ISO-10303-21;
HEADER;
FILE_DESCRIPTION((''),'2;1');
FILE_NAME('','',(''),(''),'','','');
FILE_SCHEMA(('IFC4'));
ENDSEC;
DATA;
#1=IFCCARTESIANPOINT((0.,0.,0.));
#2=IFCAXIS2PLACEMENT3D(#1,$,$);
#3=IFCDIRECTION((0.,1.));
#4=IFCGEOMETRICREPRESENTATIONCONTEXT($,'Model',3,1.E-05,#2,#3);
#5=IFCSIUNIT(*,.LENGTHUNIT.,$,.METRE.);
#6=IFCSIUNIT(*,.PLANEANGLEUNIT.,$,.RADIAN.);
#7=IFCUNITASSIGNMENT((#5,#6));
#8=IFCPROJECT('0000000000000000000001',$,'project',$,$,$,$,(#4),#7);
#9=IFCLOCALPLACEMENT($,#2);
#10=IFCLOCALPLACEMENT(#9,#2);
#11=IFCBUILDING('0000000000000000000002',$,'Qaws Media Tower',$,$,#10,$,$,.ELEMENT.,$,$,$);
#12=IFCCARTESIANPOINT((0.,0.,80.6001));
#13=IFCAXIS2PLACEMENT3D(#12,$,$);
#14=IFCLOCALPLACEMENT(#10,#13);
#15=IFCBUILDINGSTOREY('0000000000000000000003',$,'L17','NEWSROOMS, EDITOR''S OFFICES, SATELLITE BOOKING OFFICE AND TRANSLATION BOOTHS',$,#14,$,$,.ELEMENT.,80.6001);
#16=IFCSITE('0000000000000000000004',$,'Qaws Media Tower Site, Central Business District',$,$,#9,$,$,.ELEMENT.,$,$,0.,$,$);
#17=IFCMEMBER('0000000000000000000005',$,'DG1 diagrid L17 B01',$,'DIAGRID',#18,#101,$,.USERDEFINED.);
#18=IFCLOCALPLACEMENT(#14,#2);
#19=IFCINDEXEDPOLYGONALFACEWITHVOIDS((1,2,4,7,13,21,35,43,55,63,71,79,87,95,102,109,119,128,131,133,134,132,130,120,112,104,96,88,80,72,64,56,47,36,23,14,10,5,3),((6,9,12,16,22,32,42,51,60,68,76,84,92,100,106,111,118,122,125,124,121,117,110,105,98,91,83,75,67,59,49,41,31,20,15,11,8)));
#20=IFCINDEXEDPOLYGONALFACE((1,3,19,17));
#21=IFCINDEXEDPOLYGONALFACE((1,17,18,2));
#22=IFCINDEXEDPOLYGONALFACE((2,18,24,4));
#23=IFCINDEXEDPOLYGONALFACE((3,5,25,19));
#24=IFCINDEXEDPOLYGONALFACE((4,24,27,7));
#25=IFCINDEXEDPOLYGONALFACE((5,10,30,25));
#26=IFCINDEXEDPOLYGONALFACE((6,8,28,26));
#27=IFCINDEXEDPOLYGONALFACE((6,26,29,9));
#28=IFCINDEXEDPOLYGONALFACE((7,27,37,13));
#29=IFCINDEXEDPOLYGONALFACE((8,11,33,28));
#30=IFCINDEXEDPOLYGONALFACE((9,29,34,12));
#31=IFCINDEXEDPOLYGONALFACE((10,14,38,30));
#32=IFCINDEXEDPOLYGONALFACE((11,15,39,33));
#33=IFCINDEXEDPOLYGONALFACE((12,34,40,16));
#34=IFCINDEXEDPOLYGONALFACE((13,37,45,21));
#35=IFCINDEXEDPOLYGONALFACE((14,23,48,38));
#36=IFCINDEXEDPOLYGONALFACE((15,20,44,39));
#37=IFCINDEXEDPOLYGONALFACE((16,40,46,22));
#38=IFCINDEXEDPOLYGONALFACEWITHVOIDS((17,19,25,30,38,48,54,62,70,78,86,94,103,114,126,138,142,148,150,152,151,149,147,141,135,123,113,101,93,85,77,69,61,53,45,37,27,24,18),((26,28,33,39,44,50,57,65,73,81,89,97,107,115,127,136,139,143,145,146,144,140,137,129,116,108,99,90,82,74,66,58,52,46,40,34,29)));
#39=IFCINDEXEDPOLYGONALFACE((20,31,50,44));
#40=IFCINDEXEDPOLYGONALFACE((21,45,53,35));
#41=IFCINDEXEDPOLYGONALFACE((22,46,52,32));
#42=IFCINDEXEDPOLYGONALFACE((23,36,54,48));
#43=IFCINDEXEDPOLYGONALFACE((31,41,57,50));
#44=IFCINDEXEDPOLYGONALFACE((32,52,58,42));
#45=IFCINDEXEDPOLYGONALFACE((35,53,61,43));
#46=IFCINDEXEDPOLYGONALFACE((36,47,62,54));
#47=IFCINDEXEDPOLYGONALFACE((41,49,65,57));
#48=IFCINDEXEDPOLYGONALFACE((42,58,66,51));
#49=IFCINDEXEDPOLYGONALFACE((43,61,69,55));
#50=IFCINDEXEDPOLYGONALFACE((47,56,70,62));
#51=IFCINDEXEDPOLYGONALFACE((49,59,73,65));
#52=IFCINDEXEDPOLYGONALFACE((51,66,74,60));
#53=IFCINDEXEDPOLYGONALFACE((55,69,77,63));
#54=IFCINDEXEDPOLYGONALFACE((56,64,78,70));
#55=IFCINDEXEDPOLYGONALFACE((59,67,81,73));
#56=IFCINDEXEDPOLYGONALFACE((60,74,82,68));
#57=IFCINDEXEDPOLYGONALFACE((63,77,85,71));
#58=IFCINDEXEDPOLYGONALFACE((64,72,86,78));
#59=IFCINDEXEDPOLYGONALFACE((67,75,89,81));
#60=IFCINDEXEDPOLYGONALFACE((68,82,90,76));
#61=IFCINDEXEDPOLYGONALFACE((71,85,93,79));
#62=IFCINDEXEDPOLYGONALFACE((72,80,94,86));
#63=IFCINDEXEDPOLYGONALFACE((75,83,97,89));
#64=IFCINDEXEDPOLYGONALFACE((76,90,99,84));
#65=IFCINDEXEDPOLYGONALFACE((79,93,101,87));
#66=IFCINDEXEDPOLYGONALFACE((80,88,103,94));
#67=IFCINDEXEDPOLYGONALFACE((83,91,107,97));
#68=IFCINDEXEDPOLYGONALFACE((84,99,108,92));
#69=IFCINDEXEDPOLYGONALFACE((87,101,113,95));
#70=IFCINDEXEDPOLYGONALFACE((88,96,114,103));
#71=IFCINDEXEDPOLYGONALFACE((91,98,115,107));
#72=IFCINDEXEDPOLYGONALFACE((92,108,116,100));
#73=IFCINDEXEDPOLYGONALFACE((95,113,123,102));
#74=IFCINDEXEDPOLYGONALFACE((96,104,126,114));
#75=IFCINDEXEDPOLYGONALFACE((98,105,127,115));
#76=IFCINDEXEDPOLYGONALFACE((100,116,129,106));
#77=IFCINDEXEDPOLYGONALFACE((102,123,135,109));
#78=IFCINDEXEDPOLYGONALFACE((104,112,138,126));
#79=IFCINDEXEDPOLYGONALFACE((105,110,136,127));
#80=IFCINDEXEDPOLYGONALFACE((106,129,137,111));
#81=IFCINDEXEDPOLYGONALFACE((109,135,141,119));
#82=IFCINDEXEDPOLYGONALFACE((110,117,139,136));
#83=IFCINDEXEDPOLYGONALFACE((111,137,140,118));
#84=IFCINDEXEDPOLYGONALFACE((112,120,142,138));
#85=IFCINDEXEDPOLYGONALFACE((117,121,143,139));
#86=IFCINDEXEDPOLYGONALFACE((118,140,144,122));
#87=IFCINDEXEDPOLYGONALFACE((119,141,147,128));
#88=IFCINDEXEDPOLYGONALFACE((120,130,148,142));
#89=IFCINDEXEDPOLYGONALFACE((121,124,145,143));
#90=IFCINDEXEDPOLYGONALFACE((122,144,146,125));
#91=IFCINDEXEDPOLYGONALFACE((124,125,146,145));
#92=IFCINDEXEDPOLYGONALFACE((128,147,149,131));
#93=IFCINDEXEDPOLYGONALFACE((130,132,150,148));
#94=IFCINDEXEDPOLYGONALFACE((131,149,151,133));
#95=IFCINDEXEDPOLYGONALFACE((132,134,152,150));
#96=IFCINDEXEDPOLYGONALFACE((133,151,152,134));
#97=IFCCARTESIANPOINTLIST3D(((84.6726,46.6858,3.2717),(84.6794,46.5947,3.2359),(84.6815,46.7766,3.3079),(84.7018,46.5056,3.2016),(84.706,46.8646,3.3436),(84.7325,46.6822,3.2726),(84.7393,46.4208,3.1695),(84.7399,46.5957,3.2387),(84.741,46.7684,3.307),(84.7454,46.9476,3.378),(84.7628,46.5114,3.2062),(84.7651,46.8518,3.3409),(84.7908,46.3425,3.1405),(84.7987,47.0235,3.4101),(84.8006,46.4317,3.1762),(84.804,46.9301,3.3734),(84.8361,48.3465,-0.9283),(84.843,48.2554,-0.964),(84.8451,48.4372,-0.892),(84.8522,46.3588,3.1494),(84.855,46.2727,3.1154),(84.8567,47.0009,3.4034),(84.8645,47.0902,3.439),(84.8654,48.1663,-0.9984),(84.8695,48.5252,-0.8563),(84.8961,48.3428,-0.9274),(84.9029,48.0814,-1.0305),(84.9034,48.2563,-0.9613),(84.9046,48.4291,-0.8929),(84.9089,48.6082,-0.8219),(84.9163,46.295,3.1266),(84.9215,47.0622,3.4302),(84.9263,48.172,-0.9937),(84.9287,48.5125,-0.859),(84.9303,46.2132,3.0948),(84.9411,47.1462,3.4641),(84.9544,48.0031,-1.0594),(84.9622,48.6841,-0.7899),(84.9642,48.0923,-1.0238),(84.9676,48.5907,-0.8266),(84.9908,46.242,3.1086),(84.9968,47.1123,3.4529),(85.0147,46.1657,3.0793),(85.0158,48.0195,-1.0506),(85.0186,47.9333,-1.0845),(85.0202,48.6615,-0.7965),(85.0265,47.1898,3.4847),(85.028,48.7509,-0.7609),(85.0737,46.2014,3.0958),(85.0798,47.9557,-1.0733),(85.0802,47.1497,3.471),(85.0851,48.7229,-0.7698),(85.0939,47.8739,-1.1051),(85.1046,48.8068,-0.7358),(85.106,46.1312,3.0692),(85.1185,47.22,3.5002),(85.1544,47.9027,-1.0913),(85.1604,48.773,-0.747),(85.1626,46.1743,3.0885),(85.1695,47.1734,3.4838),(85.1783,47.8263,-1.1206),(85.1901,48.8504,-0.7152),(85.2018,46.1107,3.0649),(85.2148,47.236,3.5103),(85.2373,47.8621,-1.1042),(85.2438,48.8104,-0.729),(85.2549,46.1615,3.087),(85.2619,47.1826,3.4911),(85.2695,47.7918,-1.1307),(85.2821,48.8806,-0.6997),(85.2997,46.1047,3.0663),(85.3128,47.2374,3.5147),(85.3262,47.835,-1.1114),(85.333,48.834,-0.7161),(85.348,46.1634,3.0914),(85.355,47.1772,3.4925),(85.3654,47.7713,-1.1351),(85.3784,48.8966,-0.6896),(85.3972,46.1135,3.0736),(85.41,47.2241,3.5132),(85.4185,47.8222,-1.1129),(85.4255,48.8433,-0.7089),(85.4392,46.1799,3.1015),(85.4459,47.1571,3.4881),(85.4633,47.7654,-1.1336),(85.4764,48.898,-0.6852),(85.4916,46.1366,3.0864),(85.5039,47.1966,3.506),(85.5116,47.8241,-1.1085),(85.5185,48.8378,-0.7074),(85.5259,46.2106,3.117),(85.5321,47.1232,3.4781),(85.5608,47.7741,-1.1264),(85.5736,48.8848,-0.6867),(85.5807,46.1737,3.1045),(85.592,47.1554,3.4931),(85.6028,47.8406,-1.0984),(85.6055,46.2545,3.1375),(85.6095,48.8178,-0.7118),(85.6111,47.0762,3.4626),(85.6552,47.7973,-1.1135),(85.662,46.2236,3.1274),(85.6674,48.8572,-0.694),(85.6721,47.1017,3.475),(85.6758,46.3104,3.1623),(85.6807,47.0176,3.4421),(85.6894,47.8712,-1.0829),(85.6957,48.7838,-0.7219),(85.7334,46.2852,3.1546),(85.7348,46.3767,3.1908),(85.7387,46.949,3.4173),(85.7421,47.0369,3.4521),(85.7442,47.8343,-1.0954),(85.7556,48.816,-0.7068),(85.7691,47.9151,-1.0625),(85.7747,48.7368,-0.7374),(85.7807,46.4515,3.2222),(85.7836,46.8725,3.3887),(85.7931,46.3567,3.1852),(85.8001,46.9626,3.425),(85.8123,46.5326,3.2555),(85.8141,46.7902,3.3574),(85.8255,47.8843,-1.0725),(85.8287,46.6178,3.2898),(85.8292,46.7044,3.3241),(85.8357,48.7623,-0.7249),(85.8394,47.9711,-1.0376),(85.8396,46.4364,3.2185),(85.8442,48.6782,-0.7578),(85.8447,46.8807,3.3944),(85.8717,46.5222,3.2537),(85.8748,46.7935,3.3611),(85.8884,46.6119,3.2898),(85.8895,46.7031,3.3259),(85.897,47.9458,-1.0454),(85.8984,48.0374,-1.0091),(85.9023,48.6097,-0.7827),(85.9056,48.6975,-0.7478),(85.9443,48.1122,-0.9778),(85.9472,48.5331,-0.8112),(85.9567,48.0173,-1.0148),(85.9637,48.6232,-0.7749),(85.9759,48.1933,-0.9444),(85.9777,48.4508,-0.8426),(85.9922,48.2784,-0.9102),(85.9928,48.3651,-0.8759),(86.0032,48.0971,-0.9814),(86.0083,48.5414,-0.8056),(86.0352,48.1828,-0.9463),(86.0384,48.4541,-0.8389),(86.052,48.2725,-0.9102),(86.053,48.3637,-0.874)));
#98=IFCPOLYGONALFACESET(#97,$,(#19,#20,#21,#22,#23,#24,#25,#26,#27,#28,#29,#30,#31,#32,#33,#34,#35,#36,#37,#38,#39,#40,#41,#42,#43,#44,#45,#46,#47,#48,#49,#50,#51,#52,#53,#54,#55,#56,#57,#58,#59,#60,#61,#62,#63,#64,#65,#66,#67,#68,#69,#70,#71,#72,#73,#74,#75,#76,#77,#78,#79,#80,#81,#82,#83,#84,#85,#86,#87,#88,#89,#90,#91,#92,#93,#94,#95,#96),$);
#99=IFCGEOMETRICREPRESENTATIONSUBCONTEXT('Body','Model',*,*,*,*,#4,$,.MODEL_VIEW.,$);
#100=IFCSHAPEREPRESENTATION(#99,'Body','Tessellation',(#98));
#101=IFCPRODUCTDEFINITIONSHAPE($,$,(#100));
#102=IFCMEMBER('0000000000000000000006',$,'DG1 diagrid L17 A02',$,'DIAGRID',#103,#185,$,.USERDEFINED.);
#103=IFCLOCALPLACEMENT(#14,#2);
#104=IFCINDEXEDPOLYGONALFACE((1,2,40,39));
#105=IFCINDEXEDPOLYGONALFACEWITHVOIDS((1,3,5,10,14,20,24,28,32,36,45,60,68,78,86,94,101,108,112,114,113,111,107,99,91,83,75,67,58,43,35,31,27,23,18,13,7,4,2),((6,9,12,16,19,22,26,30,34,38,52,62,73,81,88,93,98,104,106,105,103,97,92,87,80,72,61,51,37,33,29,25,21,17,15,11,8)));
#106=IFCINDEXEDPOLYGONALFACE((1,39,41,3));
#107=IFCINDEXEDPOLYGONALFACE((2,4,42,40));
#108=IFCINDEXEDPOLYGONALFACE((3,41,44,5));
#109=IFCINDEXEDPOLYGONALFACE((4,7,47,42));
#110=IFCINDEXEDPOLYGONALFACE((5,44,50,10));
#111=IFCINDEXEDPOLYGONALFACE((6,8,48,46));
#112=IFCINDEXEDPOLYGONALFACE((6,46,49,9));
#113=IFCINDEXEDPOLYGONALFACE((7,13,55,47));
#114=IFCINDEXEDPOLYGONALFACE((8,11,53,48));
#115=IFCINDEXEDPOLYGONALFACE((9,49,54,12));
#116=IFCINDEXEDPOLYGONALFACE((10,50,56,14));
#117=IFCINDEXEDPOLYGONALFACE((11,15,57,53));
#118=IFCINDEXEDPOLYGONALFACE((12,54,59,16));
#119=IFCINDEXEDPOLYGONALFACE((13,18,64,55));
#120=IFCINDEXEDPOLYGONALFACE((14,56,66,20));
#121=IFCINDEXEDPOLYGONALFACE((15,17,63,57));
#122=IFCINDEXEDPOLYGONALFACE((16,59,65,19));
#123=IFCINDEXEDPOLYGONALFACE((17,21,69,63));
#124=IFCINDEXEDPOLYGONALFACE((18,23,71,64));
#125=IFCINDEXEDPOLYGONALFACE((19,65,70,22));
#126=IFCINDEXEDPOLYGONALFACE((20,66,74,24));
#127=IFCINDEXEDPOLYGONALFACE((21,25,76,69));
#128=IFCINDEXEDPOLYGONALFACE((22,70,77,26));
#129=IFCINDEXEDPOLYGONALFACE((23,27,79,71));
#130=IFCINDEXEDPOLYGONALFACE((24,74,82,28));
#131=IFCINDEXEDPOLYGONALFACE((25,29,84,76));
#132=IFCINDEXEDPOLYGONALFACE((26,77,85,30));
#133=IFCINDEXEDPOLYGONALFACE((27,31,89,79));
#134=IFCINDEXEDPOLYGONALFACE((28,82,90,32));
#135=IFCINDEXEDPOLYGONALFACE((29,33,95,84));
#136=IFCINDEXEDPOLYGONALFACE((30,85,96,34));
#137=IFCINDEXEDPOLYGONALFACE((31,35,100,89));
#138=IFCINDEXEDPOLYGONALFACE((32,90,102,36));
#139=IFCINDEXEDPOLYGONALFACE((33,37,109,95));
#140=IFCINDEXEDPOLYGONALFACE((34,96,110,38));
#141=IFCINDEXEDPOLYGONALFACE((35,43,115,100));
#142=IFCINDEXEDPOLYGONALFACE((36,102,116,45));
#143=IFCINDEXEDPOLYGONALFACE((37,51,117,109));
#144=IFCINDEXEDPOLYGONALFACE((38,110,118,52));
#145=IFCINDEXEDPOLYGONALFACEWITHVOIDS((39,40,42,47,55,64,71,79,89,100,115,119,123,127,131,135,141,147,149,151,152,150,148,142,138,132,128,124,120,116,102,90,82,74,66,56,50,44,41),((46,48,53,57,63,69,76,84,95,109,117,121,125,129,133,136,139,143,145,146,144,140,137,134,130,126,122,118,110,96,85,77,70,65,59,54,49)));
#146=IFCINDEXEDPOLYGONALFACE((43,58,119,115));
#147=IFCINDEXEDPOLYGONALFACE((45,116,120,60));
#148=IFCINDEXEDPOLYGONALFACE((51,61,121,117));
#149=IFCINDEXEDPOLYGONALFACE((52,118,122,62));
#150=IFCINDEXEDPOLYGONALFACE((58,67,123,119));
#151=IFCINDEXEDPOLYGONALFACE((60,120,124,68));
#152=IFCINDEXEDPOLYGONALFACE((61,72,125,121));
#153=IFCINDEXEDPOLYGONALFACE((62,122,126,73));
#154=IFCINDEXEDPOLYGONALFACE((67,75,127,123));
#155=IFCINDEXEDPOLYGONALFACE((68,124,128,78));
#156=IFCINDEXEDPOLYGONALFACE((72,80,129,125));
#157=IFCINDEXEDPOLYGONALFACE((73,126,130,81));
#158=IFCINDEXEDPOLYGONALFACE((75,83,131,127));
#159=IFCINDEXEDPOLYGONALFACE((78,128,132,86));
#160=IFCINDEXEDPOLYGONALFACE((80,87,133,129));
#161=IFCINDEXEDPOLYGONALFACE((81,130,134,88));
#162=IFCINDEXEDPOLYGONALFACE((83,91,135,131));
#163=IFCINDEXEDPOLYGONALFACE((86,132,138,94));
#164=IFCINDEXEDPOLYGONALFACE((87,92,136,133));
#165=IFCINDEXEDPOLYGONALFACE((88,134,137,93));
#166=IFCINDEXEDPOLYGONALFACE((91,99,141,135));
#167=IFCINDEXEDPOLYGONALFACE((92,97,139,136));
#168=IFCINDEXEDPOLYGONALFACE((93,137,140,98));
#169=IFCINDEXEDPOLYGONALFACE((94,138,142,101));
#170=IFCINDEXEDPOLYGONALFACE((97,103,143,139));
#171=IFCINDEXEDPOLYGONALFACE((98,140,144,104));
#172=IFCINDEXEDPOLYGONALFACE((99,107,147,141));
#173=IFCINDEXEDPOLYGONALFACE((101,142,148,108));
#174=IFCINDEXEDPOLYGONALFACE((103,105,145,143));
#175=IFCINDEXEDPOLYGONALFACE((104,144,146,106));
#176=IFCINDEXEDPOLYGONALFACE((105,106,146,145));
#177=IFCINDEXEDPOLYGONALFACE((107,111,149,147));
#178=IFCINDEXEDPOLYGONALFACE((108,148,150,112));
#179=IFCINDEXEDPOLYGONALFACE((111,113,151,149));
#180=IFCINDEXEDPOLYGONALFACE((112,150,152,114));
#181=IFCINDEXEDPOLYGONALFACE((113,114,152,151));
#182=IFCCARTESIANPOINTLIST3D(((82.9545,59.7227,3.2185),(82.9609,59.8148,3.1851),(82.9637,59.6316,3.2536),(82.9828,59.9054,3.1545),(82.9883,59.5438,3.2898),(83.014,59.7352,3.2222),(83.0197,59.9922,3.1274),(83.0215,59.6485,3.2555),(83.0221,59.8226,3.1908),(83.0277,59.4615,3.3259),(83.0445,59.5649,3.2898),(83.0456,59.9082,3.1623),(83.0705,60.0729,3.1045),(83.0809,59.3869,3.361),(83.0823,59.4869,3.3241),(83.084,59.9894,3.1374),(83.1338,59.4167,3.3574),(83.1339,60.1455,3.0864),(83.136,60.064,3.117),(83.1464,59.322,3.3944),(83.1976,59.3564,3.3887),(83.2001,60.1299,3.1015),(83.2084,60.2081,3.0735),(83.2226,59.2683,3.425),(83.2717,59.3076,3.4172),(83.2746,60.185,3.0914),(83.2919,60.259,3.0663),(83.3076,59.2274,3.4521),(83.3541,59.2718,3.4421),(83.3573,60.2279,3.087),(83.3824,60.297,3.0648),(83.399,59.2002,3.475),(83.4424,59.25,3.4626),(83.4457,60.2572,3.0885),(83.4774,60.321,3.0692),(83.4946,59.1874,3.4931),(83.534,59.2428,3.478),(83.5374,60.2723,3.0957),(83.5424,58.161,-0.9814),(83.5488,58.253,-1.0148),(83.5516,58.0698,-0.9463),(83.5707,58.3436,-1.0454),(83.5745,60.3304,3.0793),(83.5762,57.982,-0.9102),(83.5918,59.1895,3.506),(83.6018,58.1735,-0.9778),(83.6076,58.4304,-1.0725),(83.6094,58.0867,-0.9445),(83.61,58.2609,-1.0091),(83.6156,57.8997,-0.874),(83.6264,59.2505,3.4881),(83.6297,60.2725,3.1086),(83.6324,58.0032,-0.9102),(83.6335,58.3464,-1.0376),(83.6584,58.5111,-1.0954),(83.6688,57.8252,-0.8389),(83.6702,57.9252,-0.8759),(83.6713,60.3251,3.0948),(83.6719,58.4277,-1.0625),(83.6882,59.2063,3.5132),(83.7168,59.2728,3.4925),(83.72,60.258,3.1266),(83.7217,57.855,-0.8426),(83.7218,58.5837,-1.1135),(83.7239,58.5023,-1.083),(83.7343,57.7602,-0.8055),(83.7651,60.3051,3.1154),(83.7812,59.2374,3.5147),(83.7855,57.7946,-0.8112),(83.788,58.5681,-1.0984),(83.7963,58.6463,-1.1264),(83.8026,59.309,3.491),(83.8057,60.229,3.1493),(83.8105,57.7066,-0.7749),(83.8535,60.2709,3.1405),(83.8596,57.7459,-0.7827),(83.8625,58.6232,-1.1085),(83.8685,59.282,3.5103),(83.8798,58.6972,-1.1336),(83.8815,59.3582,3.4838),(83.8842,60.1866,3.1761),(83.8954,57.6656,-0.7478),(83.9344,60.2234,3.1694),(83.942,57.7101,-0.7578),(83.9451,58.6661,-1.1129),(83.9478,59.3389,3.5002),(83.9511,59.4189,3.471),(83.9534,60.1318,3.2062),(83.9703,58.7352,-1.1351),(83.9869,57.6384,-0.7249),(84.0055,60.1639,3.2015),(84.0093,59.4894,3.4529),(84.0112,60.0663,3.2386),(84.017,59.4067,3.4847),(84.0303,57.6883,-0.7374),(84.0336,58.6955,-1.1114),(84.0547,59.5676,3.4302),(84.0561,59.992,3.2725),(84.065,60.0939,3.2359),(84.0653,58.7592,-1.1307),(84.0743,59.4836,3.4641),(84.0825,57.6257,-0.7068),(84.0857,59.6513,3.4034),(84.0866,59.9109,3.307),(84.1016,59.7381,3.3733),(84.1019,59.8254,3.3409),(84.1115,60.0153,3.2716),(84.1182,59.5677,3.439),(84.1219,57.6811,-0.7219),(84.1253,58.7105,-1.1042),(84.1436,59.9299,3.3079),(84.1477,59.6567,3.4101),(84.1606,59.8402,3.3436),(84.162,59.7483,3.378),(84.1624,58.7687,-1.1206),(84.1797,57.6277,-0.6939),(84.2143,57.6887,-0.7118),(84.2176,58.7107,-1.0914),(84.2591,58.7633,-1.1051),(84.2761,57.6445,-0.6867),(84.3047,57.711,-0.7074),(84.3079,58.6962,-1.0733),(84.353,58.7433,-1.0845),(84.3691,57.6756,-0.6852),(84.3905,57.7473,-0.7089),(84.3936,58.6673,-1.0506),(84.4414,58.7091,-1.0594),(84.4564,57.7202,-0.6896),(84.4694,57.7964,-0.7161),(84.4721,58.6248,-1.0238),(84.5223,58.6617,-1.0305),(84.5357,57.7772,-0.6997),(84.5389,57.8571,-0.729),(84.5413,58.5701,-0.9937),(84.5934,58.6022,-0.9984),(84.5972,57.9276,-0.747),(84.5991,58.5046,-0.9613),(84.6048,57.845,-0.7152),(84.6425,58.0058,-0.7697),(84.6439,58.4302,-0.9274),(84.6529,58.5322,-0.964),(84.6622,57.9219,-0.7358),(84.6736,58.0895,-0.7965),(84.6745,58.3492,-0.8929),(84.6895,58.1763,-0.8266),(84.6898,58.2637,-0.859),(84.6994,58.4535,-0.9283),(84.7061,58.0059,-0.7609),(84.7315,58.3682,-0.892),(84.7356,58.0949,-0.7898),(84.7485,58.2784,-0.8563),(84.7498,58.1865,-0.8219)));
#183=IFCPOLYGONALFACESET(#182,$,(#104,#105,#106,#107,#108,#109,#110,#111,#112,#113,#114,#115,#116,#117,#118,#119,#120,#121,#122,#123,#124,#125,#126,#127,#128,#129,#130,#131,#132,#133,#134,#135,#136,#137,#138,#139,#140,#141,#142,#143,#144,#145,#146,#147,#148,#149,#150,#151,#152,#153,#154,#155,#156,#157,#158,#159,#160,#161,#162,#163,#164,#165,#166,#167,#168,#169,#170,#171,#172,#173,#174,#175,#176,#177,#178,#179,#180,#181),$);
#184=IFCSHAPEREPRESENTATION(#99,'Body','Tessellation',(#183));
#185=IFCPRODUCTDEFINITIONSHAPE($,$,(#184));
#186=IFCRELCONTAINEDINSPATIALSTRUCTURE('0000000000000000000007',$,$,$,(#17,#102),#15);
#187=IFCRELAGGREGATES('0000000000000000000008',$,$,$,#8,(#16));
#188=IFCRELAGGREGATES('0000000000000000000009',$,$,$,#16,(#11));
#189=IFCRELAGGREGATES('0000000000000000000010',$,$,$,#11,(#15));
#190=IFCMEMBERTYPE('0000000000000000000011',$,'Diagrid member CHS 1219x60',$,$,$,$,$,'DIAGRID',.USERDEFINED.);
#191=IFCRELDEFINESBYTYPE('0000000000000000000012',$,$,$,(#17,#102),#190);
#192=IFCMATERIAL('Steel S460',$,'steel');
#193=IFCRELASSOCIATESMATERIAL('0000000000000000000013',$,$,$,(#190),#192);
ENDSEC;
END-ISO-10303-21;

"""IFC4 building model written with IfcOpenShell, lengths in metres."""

from ifc_helpers import new_model, si_unit, direction, frame, origin, origin_2d, place, context, subcontext, project, spatial, hollow_circle, extrude, material, material_profile, profile_set, type_object, element, save


model = new_model("IFC4")

# Units and contexts
model_context = context("Model", 3, precision=1e-05, world=origin(), true_north=direction((0.0, 1.0)))
body_context = subcontext(model_context, "Body", "Model", "MODEL_VIEW")
ifc_project = project(units=[si_unit("LENGTHUNIT", "METRE"), si_unit("PLANEANGLEUNIT", "RADIAN")], contexts=[model_context])

# Site, building, storey
site_placement = place(None, origin())
site = spatial("IfcSite", under=ifc_project, at=site_placement, Name="Qaws Media Tower Site, Central Business District", CompositionType="ELEMENT", RefElevation=0.0)
building_placement = place(site_placement, origin())
building = spatial("IfcBuilding", under=site, at=building_placement, Name="Qaws Media Tower", CompositionType="ELEMENT")
storey_placement = place(building_placement, frame((0.0, 0.0, 80.6001)))
storey = spatial("IfcBuildingStorey", under=building, at=storey_placement, Name="L17", Description="NEWSROOMS, EDITOR'S OFFICES, SATELLITE BOOKING OFFICE AND TRANSLATION BOOTHS", CompositionType="ELEMENT", Elevation=80.6001)

# Members
ifc_material_1 = material(Name="Steel S460", Category="steel")
ifc_material_profile_1 = material_profile(ifc_material_1, hollow_circle(Radius=0.6096, WallThickness=0.0601, at=origin_2d()), Name="CHS 1219x60")
ifc_profile_set_1 = profile_set([ifc_material_profile_1], Name="Steel S460")
member_type_1 = type_object("IfcMemberType", Name="Diagrid member CHS 1219x60", ElementType="DIAGRID", PredefinedType="USERDEFINED", material=ifc_profile_set_1)
for number, where, z_axis, x_axis, name in (
    (1, (85.4453, 48.3323, -0.9102), (-0.036195, -0.367456, 0.929336), (0.995184, -0.098026, 0.0), "DG1 diagrid L17 B01"),
    (2, (84.1467, 58.1968, -0.9102), (-0.130084, 0.345575, 0.929331), (-0.93589, -0.352294, 0.0), "DG1 diagrid L17 A02"),
):
    element("IfcMember", number, at=place(storey_placement, frame(where, z_axis=z_axis, x_axis=x_axis)), inside=storey, type_object=member_type_1, Name=name, ObjectType="DIAGRID", PredefinedType="USERDEFINED", context=body_context, shape_type="SweptSolid", body=[
        extrude(hollow_circle(Radius=0.6096, WallThickness=0.0601, at=origin_2d()), origin(), (0.0, 0.0, 1.0), 4.5193),
    ])

save(model, "model.ifc")
